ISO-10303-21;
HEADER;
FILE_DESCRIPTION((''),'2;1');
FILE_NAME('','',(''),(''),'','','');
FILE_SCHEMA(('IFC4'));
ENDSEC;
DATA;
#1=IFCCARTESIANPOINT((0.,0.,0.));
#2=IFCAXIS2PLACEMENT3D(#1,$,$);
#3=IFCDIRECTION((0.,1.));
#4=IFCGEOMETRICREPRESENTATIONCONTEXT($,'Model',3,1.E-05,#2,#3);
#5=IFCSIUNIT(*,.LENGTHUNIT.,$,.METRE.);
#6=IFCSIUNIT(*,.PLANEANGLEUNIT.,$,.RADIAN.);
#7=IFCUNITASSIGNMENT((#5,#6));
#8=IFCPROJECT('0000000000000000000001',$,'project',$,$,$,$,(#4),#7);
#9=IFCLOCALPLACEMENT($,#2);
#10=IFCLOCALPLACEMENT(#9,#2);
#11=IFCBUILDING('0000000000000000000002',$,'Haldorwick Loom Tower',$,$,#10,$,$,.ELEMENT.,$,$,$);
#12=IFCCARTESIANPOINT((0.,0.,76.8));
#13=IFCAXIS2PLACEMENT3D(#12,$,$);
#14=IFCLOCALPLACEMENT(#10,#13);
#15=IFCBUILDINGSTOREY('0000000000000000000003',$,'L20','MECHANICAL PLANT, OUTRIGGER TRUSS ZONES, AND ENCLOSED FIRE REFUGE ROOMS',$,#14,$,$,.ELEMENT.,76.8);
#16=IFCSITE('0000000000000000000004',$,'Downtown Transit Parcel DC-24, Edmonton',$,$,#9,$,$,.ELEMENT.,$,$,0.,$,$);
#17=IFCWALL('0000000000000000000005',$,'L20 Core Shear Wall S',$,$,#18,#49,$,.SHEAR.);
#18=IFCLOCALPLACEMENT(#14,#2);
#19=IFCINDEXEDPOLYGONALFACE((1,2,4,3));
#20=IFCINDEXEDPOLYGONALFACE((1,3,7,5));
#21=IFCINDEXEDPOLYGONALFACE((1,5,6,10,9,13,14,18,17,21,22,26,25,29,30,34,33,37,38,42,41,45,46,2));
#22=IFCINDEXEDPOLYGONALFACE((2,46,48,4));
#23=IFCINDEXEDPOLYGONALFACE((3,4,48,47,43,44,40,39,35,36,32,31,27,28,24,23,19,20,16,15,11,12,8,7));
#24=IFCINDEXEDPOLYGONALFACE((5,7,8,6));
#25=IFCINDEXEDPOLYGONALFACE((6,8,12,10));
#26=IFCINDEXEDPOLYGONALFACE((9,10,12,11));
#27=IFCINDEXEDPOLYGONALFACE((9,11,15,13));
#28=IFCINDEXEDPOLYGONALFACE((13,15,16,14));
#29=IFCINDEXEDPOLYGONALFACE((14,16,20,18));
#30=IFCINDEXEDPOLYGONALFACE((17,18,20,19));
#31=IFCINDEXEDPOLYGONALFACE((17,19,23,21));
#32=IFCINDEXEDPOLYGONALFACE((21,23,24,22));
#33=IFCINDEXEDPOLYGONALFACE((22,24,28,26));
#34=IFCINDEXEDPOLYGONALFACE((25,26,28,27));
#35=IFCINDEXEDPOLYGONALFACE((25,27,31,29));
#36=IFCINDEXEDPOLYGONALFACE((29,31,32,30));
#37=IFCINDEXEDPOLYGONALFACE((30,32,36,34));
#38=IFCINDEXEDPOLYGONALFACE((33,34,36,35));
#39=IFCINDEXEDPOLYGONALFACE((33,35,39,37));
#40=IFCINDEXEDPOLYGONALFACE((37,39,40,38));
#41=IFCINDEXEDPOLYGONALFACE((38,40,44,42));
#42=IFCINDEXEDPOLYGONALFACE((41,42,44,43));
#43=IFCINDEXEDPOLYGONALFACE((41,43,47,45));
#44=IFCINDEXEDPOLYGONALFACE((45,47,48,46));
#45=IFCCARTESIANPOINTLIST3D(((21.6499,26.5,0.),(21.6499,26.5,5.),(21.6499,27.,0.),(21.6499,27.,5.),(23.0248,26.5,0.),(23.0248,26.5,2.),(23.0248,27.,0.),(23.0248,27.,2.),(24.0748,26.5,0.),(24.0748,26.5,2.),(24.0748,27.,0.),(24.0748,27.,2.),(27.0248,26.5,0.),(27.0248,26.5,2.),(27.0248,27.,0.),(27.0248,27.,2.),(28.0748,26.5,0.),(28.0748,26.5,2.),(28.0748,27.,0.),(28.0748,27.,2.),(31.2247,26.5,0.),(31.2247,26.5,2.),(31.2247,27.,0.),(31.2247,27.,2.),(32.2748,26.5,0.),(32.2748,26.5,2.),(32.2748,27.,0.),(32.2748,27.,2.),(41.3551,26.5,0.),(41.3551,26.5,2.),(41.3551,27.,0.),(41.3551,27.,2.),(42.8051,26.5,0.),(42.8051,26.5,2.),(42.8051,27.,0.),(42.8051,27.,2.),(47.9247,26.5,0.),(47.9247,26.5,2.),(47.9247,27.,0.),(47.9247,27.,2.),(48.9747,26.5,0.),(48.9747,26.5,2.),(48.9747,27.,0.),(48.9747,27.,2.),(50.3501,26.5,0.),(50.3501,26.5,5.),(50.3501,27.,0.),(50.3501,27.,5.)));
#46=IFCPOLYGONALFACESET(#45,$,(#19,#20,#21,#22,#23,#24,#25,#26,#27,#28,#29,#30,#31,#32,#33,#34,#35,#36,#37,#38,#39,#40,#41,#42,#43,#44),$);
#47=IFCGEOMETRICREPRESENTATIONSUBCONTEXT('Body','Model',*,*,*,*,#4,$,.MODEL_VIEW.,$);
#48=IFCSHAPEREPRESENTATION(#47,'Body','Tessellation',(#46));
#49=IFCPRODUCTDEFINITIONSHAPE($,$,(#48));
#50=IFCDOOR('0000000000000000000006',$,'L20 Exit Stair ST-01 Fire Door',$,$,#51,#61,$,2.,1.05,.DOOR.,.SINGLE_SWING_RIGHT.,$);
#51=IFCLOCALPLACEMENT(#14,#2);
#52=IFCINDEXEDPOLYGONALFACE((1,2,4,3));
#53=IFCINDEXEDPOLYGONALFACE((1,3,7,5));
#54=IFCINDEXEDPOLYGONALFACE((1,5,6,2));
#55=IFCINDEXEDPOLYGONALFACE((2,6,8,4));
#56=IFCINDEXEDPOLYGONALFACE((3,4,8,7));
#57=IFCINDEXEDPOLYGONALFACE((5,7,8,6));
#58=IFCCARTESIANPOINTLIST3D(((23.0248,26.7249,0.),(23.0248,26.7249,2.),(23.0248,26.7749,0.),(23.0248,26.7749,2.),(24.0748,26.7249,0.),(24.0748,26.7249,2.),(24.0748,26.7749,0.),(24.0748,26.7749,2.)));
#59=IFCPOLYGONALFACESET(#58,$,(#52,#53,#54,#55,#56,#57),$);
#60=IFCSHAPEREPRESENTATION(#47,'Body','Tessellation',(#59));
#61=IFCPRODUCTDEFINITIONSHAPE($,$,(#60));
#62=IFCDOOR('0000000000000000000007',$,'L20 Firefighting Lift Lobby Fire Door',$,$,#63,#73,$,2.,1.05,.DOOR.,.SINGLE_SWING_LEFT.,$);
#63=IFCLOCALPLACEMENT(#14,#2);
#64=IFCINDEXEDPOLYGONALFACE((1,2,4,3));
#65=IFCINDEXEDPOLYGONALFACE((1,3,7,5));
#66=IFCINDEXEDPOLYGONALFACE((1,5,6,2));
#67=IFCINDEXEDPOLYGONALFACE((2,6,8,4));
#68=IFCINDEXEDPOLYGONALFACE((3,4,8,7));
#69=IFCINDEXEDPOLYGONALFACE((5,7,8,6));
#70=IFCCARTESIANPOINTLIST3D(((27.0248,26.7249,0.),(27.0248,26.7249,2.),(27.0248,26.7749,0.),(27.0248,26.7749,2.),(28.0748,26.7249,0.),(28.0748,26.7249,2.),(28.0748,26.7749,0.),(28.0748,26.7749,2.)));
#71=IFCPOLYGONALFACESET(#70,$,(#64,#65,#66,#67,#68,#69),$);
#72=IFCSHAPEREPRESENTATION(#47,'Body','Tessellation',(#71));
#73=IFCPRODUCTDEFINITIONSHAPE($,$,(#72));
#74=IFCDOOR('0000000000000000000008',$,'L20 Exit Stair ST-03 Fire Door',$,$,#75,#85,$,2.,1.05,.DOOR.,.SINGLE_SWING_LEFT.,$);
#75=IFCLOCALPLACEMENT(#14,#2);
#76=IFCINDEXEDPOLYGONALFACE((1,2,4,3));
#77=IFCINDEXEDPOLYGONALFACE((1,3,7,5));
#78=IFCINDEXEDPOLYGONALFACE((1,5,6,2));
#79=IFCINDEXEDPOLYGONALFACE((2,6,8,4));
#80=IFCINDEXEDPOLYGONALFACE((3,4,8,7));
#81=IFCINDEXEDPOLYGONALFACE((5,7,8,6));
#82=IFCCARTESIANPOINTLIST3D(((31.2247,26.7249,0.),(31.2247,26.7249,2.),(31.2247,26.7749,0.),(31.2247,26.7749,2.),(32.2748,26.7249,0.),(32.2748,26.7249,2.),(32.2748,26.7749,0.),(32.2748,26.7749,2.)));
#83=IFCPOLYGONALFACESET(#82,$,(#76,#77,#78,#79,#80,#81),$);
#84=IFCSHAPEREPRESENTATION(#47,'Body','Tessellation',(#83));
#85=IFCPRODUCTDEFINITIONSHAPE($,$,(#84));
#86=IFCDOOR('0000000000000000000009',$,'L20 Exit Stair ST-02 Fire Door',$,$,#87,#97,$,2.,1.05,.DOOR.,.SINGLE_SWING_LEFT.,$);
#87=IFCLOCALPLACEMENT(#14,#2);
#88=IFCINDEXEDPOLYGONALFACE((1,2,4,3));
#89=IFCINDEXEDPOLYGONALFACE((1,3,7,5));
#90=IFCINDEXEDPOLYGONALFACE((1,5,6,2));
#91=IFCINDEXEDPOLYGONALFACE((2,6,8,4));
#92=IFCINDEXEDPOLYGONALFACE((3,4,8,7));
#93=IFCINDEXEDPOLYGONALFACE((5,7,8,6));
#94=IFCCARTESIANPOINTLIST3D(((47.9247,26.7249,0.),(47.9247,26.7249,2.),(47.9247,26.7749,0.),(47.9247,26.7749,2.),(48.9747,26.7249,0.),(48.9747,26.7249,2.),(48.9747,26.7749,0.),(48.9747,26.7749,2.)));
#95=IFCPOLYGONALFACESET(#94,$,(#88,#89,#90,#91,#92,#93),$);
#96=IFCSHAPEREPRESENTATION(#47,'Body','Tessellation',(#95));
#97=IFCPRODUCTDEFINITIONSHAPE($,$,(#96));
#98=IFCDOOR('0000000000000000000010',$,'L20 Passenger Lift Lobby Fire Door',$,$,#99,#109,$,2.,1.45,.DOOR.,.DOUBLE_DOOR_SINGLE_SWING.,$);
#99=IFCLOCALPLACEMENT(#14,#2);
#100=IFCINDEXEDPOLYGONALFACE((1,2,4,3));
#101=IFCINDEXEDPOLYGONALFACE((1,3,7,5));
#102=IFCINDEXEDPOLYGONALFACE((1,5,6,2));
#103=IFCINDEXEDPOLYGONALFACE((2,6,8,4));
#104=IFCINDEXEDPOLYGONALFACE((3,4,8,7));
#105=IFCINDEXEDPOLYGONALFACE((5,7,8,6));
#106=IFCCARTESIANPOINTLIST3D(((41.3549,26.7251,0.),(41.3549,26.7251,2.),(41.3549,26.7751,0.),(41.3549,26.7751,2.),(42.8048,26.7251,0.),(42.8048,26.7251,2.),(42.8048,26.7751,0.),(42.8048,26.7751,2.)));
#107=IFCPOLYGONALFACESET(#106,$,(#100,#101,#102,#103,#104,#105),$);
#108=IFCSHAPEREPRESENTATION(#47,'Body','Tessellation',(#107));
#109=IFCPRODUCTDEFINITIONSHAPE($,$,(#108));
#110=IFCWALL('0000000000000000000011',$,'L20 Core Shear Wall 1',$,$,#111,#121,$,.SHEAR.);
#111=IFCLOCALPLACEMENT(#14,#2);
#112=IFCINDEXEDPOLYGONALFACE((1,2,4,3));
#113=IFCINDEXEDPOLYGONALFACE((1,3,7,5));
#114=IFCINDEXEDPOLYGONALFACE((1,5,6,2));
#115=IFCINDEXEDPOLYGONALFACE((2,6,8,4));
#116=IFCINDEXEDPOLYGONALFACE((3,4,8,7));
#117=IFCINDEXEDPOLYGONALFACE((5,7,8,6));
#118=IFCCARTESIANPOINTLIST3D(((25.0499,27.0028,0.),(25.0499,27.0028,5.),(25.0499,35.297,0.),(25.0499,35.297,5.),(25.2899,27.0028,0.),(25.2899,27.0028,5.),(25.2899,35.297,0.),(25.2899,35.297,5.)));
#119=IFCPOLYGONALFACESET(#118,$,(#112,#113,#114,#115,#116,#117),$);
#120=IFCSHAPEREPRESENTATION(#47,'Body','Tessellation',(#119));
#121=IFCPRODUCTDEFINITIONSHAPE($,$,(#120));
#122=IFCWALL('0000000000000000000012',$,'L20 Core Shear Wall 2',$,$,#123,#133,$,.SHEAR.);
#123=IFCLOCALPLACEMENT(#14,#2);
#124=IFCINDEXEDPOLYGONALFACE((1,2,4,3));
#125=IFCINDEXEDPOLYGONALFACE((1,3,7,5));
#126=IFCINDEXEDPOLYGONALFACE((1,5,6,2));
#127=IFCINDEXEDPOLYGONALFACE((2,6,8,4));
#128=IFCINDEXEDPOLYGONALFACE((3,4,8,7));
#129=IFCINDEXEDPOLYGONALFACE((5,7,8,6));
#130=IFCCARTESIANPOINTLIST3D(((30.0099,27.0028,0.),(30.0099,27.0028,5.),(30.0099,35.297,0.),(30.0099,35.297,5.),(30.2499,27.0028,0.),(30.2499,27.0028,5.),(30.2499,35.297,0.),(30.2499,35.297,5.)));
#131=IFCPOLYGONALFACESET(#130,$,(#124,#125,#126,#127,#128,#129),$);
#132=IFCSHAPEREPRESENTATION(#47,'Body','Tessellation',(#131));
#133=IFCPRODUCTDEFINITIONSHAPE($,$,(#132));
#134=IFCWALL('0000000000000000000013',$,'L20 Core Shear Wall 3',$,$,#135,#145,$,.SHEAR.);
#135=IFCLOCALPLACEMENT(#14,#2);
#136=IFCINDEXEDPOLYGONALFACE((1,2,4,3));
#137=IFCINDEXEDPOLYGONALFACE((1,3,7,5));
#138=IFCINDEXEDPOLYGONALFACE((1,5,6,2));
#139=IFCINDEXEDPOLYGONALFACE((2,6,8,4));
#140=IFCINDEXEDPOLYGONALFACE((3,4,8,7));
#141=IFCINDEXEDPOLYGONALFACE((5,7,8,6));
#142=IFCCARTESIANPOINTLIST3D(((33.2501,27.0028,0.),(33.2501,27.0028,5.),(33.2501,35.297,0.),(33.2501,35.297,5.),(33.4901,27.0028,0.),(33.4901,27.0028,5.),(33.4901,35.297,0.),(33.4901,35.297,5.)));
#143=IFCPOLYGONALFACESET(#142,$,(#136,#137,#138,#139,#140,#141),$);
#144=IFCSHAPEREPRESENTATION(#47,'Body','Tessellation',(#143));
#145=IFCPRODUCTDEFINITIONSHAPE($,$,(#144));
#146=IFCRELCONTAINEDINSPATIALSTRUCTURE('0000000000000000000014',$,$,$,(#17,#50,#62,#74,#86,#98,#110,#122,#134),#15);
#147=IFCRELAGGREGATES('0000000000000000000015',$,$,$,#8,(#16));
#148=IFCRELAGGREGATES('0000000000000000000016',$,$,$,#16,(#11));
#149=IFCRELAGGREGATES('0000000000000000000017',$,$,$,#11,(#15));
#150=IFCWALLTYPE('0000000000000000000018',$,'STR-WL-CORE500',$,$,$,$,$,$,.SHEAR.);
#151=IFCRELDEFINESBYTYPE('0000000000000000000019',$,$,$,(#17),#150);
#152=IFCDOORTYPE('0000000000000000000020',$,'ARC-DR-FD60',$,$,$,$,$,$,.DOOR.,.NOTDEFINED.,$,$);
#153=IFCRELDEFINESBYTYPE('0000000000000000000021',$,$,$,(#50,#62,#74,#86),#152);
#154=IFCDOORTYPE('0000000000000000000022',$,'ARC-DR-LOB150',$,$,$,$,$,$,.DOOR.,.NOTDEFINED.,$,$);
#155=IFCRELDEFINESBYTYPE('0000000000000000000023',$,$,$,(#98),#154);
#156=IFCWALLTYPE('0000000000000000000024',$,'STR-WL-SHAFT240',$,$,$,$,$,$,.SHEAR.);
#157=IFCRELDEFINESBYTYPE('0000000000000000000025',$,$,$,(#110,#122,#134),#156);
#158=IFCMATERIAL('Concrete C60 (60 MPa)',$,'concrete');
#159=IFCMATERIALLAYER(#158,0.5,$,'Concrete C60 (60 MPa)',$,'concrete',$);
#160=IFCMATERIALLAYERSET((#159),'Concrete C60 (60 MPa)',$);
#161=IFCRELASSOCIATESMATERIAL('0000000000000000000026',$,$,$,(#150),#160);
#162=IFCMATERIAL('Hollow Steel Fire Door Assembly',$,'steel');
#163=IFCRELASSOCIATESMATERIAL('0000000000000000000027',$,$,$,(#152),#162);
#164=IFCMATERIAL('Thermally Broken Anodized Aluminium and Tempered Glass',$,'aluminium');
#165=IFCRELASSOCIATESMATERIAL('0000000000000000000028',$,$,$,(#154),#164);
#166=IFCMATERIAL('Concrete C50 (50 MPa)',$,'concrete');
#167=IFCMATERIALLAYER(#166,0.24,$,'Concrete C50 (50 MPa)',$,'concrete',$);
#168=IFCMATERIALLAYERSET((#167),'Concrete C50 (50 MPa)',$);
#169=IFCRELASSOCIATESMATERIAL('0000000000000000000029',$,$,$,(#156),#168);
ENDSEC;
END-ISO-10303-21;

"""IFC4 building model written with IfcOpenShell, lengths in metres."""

from ifc_helpers import new_model, si_unit, direction, frame, frame_2d, origin, place, context, subcontext, project, spatial, rectangle, extrude, material, layer, layer_set, type_object, element, fill, save


model = new_model("IFC4")

# Units and contexts
model_context = context("Model", 3, precision=1e-05, world=origin(), true_north=direction((0.0, 1.0)))
body_context = subcontext(model_context, "Body", "Model", "MODEL_VIEW")
ifc_project = project(units=[si_unit("LENGTHUNIT", "METRE"), si_unit("PLANEANGLEUNIT", "RADIAN")], contexts=[model_context])

# Site, building, storey
site_placement = place(None, origin())
site = spatial("IfcSite", under=ifc_project, at=site_placement, Name="Downtown Transit Parcel DC-24, Edmonton", CompositionType="ELEMENT", RefElevation=0.0)
building_placement = place(site_placement, origin())
building = spatial("IfcBuilding", under=site, at=building_placement, Name="Haldorwick Loom Tower", CompositionType="ELEMENT")
storey_placement = place(building_placement, frame((0.0, 0.0, 76.8)))
storey = spatial("IfcBuildingStorey", under=building, at=storey_placement, Name="L20", Description="MECHANICAL PLANT, OUTRIGGER TRUSS ZONES, AND ENCLOSED FIRE REFUGE ROOMS", CompositionType="ELEMENT", Elevation=76.8)

# Shared definitions
ifc_material_1 = material(Name="Concrete C60 (60 MPa)", Category="concrete")

# Shared definitions
ifc_material_2 = material(Name="Thermally Broken Anodized Aluminium and Tempered Glass", Category="aluminium")

# Wall, openings, doors
ifc_layer_1 = layer(ifc_material_1, 0.5, Name="Concrete C60 (60 MPa)", Category="concrete")
ifc_layer_set_1 = layer_set([ifc_layer_1], Name="Concrete C60 (60 MPa)")
wall_type_1 = type_object("IfcWallType", Name="STR-WL-CORE500", PredefinedType="SHEAR", material=ifc_layer_set_1)
wall_1_placement = place(storey_placement, frame((21.6499, 26.75, 0.0), z_axis=(0.0, 0.0, 1.0), x_axis=(1.0, 0.0, 0.0)))
wall_1 = element("IfcWall", 1, at=wall_1_placement, inside=storey, type_object=wall_type_1, Name="L20 Core Shear Wall S", PredefinedType="SHEAR", context=body_context, shape_type="SweptSolid", body=[
    extrude(rectangle(XDim=28.7002, YDim=0.5, at=frame_2d((14.3501, 0.0))), origin(), (0.0, 0.0, 1.0), 5.0),
])
opening_1_placement = place(wall_1_placement, frame((1.375, 0.0, 0.0)))
opening_1 = element("IfcOpeningElement", 2, at=opening_1_placement, cuts=wall_1, PredefinedType="OPENING", context=body_context, shape_type="SweptSolid", body=[
    extrude(rectangle(XDim=1.05, YDim=2.0, at=frame_2d((0.5249, 1.0))), frame((0.0, 0.26, 0.0), z_axis=(0.0, -1.0, 0.0), x_axis=(1.0, 0.0, 0.0)), (0.0, 0.0, 1.0), 0.52),
])
opening_2_placement = place(wall_1_placement, frame((5.375, 0.0, 0.0)))
opening_2 = element("IfcOpeningElement", 3, at=opening_2_placement, cuts=wall_1, PredefinedType="OPENING", context=body_context, shape_type="SweptSolid", body=[
    extrude(rectangle(XDim=1.05, YDim=2.0, at=frame_2d((0.5249, 1.0))), frame((0.0, 0.26, 0.0), z_axis=(0.0, -1.0, 0.0), x_axis=(1.0, 0.0, 0.0)), (0.0, 0.0, 1.0), 0.52),
])
opening_3_placement = place(wall_1_placement, frame((9.575, 0.0, 0.0)))
opening_3 = element("IfcOpeningElement", 4, at=opening_3_placement, cuts=wall_1, PredefinedType="OPENING", context=body_context, shape_type="SweptSolid", body=[
    extrude(rectangle(XDim=1.05, YDim=2.0, at=frame_2d((0.5249, 1.0))), frame((0.0, 0.26, 0.0), z_axis=(0.0, -1.0, 0.0), x_axis=(1.0, 0.0, 0.0)), (0.0, 0.0, 1.0), 0.52),
])
opening_4_placement = place(wall_1_placement, frame((19.7051, 0.0, 0.0)))
opening_4 = element("IfcOpeningElement", 5, at=opening_4_placement, cuts=wall_1, PredefinedType="OPENING", context=body_context, shape_type="SweptSolid", body=[
    extrude(rectangle(XDim=1.45, YDim=2.0, at=frame_2d((0.7251, 1.0))), frame((0.0, 0.26, 0.0), z_axis=(0.0, -1.0, 0.0), x_axis=(1.0, 0.0, 0.0)), (0.0, 0.0, 1.0), 0.52),
])
opening_5_placement = place(wall_1_placement, frame((26.2749, 0.0, 0.0)))
opening_5 = element("IfcOpeningElement", 6, at=opening_5_placement, cuts=wall_1, PredefinedType="OPENING", context=body_context, shape_type="SweptSolid", body=[
    extrude(rectangle(XDim=1.05, YDim=2.0, at=frame_2d((0.5249, 1.0))), frame((0.0, 0.26, 0.0), z_axis=(0.0, -1.0, 0.0), x_axis=(1.0, 0.0, 0.0)), (0.0, 0.0, 1.0), 0.52),
])
ifc_material_3 = material(Name="Hollow Steel Fire Door Assembly", Category="steel")
door_type_1 = type_object("IfcDoorType", Name="ARC-DR-FD60", OperationType="NOTDEFINED", PredefinedType="DOOR", material=ifc_material_3)
door_1_placement = place(opening_1_placement, origin())
door_1 = element("IfcDoor", 7, at=door_1_placement, inside=storey, type_object=door_type_1, Name="L20 Exit Stair ST-01 Fire Door", OperationType="SINGLE_SWING_RIGHT", OverallHeight=2.0, OverallWidth=1.05, PredefinedType="DOOR", context=body_context, shape_type="SweptSolid", body=[
    extrude(rectangle(XDim=1.05, YDim=2.0, at=frame_2d((0.5249, 1.0))), frame((0.0, 0.0249, 0.0), z_axis=(0.0, -1.0, 0.0), x_axis=(1.0, 0.0, 0.0)), (0.0, 0.0, 1.0), 0.05),
])
fill(opening_1, door_1)
door_2_placement = place(opening_2_placement, origin())
door_2 = element("IfcDoor", 8, at=door_2_placement, inside=storey, type_object=door_type_1, Name="L20 Firefighting Lift Lobby Fire Door", OperationType="SINGLE_SWING_LEFT", OverallHeight=2.0, OverallWidth=1.05, PredefinedType="DOOR", context=body_context, shape_type="SweptSolid", body=[
    extrude(rectangle(XDim=1.05, YDim=2.0, at=frame_2d((0.5249, 1.0))), frame((0.0, 0.0249, 0.0), z_axis=(0.0, -1.0, 0.0), x_axis=(1.0, 0.0, 0.0)), (0.0, 0.0, 1.0), 0.05),
])
fill(opening_2, door_2)
door_3_placement = place(opening_3_placement, origin())
door_3 = element("IfcDoor", 9, at=door_3_placement, inside=storey, type_object=door_type_1, Name="L20 Exit Stair ST-03 Fire Door", OperationType="SINGLE_SWING_LEFT", OverallHeight=2.0, OverallWidth=1.05, PredefinedType="DOOR", context=body_context, shape_type="SweptSolid", body=[
    extrude(rectangle(XDim=1.05, YDim=2.0, at=frame_2d((0.5249, 1.0))), frame((0.0, 0.0249, 0.0), z_axis=(0.0, -1.0, 0.0), x_axis=(1.0, 0.0, 0.0)), (0.0, 0.0, 1.0), 0.05),
])
fill(opening_3, door_3)
door_4_placement = place(opening_5_placement, origin())
door_4 = element("IfcDoor", 10, at=door_4_placement, inside=storey, type_object=door_type_1, Name="L20 Exit Stair ST-02 Fire Door", OperationType="SINGLE_SWING_LEFT", OverallHeight=2.0, OverallWidth=1.05, PredefinedType="DOOR", context=body_context, shape_type="SweptSolid", body=[
    extrude(rectangle(XDim=1.05, YDim=2.0, at=frame_2d((0.5249, 1.0))), frame((0.0, 0.0249, 0.0), z_axis=(0.0, -1.0, 0.0), x_axis=(1.0, 0.0, 0.0)), (0.0, 0.0, 1.0), 0.05),
])
fill(opening_5, door_4)
door_type_2 = type_object("IfcDoorType", Name="ARC-DR-LOB150", OperationType="NOTDEFINED", PredefinedType="DOOR", material=ifc_material_2)
door_5_placement = place(opening_4_placement, frame((1.45, 0.0, 0.0), z_axis=(0.0, 0.0, 1.0), x_axis=(-1.0, 0.0, 0.0)))
door_5 = element("IfcDoor", 11, at=door_5_placement, inside=storey, type_object=door_type_2, Name="L20 Passenger Lift Lobby Fire Door", OperationType="DOUBLE_DOOR_SINGLE_SWING", OverallHeight=2.0, OverallWidth=1.45, PredefinedType="DOOR", context=body_context, shape_type="SweptSolid", body=[
    extrude(rectangle(XDim=1.45, YDim=2.0, at=frame_2d((0.7251, 1.0))), frame((0.0, 0.0249, 0.0), z_axis=(0.0, -1.0, 0.0), x_axis=(1.0, 0.0, 0.0)), (0.0, 0.0, 1.0), 0.05),
])
fill(opening_4, door_5)

# Walls
ifc_material_4 = material(Name="Concrete C50 (50 MPa)", Category="concrete")
ifc_layer_2 = layer(ifc_material_4, 0.24, Name="Concrete C50 (50 MPa)", Category="concrete")
ifc_layer_set_2 = layer_set([ifc_layer_2], Name="Concrete C50 (50 MPa)")
wall_type_2 = type_object("IfcWallType", Name="STR-WL-SHAFT240", PredefinedType="SHEAR", material=ifc_layer_set_2)
for number, where, z_axis, x_axis, name in (
    (12, (25.1699, 27.0029, 0.0), (0.0, 0.0, 1.0), (0.0, 1.0, 0.0), "L20 Core Shear Wall 1"),
    (13, (30.1299, 27.0029, 0.0), (0.0, 0.0, 1.0), (0.0, 1.0, 0.0), "L20 Core Shear Wall 2"),
    (14, (33.3701, 27.0029, 0.0), (0.0, 0.0, 1.0), (0.0, 1.0, 0.0), "L20 Core Shear Wall 3"),
):
    element("IfcWall", number, at=place(storey_placement, frame(where, z_axis=z_axis, x_axis=x_axis)), inside=storey, type_object=wall_type_2, Name=name, PredefinedType="SHEAR", context=body_context, shape_type="SweptSolid", body=[
        extrude(rectangle(XDim=8.2942, YDim=0.24, at=frame_2d((4.147, 0.0))), origin(), (0.0, 0.0, 1.0), 5.0),
    ])

save(model, "model.ifc")
